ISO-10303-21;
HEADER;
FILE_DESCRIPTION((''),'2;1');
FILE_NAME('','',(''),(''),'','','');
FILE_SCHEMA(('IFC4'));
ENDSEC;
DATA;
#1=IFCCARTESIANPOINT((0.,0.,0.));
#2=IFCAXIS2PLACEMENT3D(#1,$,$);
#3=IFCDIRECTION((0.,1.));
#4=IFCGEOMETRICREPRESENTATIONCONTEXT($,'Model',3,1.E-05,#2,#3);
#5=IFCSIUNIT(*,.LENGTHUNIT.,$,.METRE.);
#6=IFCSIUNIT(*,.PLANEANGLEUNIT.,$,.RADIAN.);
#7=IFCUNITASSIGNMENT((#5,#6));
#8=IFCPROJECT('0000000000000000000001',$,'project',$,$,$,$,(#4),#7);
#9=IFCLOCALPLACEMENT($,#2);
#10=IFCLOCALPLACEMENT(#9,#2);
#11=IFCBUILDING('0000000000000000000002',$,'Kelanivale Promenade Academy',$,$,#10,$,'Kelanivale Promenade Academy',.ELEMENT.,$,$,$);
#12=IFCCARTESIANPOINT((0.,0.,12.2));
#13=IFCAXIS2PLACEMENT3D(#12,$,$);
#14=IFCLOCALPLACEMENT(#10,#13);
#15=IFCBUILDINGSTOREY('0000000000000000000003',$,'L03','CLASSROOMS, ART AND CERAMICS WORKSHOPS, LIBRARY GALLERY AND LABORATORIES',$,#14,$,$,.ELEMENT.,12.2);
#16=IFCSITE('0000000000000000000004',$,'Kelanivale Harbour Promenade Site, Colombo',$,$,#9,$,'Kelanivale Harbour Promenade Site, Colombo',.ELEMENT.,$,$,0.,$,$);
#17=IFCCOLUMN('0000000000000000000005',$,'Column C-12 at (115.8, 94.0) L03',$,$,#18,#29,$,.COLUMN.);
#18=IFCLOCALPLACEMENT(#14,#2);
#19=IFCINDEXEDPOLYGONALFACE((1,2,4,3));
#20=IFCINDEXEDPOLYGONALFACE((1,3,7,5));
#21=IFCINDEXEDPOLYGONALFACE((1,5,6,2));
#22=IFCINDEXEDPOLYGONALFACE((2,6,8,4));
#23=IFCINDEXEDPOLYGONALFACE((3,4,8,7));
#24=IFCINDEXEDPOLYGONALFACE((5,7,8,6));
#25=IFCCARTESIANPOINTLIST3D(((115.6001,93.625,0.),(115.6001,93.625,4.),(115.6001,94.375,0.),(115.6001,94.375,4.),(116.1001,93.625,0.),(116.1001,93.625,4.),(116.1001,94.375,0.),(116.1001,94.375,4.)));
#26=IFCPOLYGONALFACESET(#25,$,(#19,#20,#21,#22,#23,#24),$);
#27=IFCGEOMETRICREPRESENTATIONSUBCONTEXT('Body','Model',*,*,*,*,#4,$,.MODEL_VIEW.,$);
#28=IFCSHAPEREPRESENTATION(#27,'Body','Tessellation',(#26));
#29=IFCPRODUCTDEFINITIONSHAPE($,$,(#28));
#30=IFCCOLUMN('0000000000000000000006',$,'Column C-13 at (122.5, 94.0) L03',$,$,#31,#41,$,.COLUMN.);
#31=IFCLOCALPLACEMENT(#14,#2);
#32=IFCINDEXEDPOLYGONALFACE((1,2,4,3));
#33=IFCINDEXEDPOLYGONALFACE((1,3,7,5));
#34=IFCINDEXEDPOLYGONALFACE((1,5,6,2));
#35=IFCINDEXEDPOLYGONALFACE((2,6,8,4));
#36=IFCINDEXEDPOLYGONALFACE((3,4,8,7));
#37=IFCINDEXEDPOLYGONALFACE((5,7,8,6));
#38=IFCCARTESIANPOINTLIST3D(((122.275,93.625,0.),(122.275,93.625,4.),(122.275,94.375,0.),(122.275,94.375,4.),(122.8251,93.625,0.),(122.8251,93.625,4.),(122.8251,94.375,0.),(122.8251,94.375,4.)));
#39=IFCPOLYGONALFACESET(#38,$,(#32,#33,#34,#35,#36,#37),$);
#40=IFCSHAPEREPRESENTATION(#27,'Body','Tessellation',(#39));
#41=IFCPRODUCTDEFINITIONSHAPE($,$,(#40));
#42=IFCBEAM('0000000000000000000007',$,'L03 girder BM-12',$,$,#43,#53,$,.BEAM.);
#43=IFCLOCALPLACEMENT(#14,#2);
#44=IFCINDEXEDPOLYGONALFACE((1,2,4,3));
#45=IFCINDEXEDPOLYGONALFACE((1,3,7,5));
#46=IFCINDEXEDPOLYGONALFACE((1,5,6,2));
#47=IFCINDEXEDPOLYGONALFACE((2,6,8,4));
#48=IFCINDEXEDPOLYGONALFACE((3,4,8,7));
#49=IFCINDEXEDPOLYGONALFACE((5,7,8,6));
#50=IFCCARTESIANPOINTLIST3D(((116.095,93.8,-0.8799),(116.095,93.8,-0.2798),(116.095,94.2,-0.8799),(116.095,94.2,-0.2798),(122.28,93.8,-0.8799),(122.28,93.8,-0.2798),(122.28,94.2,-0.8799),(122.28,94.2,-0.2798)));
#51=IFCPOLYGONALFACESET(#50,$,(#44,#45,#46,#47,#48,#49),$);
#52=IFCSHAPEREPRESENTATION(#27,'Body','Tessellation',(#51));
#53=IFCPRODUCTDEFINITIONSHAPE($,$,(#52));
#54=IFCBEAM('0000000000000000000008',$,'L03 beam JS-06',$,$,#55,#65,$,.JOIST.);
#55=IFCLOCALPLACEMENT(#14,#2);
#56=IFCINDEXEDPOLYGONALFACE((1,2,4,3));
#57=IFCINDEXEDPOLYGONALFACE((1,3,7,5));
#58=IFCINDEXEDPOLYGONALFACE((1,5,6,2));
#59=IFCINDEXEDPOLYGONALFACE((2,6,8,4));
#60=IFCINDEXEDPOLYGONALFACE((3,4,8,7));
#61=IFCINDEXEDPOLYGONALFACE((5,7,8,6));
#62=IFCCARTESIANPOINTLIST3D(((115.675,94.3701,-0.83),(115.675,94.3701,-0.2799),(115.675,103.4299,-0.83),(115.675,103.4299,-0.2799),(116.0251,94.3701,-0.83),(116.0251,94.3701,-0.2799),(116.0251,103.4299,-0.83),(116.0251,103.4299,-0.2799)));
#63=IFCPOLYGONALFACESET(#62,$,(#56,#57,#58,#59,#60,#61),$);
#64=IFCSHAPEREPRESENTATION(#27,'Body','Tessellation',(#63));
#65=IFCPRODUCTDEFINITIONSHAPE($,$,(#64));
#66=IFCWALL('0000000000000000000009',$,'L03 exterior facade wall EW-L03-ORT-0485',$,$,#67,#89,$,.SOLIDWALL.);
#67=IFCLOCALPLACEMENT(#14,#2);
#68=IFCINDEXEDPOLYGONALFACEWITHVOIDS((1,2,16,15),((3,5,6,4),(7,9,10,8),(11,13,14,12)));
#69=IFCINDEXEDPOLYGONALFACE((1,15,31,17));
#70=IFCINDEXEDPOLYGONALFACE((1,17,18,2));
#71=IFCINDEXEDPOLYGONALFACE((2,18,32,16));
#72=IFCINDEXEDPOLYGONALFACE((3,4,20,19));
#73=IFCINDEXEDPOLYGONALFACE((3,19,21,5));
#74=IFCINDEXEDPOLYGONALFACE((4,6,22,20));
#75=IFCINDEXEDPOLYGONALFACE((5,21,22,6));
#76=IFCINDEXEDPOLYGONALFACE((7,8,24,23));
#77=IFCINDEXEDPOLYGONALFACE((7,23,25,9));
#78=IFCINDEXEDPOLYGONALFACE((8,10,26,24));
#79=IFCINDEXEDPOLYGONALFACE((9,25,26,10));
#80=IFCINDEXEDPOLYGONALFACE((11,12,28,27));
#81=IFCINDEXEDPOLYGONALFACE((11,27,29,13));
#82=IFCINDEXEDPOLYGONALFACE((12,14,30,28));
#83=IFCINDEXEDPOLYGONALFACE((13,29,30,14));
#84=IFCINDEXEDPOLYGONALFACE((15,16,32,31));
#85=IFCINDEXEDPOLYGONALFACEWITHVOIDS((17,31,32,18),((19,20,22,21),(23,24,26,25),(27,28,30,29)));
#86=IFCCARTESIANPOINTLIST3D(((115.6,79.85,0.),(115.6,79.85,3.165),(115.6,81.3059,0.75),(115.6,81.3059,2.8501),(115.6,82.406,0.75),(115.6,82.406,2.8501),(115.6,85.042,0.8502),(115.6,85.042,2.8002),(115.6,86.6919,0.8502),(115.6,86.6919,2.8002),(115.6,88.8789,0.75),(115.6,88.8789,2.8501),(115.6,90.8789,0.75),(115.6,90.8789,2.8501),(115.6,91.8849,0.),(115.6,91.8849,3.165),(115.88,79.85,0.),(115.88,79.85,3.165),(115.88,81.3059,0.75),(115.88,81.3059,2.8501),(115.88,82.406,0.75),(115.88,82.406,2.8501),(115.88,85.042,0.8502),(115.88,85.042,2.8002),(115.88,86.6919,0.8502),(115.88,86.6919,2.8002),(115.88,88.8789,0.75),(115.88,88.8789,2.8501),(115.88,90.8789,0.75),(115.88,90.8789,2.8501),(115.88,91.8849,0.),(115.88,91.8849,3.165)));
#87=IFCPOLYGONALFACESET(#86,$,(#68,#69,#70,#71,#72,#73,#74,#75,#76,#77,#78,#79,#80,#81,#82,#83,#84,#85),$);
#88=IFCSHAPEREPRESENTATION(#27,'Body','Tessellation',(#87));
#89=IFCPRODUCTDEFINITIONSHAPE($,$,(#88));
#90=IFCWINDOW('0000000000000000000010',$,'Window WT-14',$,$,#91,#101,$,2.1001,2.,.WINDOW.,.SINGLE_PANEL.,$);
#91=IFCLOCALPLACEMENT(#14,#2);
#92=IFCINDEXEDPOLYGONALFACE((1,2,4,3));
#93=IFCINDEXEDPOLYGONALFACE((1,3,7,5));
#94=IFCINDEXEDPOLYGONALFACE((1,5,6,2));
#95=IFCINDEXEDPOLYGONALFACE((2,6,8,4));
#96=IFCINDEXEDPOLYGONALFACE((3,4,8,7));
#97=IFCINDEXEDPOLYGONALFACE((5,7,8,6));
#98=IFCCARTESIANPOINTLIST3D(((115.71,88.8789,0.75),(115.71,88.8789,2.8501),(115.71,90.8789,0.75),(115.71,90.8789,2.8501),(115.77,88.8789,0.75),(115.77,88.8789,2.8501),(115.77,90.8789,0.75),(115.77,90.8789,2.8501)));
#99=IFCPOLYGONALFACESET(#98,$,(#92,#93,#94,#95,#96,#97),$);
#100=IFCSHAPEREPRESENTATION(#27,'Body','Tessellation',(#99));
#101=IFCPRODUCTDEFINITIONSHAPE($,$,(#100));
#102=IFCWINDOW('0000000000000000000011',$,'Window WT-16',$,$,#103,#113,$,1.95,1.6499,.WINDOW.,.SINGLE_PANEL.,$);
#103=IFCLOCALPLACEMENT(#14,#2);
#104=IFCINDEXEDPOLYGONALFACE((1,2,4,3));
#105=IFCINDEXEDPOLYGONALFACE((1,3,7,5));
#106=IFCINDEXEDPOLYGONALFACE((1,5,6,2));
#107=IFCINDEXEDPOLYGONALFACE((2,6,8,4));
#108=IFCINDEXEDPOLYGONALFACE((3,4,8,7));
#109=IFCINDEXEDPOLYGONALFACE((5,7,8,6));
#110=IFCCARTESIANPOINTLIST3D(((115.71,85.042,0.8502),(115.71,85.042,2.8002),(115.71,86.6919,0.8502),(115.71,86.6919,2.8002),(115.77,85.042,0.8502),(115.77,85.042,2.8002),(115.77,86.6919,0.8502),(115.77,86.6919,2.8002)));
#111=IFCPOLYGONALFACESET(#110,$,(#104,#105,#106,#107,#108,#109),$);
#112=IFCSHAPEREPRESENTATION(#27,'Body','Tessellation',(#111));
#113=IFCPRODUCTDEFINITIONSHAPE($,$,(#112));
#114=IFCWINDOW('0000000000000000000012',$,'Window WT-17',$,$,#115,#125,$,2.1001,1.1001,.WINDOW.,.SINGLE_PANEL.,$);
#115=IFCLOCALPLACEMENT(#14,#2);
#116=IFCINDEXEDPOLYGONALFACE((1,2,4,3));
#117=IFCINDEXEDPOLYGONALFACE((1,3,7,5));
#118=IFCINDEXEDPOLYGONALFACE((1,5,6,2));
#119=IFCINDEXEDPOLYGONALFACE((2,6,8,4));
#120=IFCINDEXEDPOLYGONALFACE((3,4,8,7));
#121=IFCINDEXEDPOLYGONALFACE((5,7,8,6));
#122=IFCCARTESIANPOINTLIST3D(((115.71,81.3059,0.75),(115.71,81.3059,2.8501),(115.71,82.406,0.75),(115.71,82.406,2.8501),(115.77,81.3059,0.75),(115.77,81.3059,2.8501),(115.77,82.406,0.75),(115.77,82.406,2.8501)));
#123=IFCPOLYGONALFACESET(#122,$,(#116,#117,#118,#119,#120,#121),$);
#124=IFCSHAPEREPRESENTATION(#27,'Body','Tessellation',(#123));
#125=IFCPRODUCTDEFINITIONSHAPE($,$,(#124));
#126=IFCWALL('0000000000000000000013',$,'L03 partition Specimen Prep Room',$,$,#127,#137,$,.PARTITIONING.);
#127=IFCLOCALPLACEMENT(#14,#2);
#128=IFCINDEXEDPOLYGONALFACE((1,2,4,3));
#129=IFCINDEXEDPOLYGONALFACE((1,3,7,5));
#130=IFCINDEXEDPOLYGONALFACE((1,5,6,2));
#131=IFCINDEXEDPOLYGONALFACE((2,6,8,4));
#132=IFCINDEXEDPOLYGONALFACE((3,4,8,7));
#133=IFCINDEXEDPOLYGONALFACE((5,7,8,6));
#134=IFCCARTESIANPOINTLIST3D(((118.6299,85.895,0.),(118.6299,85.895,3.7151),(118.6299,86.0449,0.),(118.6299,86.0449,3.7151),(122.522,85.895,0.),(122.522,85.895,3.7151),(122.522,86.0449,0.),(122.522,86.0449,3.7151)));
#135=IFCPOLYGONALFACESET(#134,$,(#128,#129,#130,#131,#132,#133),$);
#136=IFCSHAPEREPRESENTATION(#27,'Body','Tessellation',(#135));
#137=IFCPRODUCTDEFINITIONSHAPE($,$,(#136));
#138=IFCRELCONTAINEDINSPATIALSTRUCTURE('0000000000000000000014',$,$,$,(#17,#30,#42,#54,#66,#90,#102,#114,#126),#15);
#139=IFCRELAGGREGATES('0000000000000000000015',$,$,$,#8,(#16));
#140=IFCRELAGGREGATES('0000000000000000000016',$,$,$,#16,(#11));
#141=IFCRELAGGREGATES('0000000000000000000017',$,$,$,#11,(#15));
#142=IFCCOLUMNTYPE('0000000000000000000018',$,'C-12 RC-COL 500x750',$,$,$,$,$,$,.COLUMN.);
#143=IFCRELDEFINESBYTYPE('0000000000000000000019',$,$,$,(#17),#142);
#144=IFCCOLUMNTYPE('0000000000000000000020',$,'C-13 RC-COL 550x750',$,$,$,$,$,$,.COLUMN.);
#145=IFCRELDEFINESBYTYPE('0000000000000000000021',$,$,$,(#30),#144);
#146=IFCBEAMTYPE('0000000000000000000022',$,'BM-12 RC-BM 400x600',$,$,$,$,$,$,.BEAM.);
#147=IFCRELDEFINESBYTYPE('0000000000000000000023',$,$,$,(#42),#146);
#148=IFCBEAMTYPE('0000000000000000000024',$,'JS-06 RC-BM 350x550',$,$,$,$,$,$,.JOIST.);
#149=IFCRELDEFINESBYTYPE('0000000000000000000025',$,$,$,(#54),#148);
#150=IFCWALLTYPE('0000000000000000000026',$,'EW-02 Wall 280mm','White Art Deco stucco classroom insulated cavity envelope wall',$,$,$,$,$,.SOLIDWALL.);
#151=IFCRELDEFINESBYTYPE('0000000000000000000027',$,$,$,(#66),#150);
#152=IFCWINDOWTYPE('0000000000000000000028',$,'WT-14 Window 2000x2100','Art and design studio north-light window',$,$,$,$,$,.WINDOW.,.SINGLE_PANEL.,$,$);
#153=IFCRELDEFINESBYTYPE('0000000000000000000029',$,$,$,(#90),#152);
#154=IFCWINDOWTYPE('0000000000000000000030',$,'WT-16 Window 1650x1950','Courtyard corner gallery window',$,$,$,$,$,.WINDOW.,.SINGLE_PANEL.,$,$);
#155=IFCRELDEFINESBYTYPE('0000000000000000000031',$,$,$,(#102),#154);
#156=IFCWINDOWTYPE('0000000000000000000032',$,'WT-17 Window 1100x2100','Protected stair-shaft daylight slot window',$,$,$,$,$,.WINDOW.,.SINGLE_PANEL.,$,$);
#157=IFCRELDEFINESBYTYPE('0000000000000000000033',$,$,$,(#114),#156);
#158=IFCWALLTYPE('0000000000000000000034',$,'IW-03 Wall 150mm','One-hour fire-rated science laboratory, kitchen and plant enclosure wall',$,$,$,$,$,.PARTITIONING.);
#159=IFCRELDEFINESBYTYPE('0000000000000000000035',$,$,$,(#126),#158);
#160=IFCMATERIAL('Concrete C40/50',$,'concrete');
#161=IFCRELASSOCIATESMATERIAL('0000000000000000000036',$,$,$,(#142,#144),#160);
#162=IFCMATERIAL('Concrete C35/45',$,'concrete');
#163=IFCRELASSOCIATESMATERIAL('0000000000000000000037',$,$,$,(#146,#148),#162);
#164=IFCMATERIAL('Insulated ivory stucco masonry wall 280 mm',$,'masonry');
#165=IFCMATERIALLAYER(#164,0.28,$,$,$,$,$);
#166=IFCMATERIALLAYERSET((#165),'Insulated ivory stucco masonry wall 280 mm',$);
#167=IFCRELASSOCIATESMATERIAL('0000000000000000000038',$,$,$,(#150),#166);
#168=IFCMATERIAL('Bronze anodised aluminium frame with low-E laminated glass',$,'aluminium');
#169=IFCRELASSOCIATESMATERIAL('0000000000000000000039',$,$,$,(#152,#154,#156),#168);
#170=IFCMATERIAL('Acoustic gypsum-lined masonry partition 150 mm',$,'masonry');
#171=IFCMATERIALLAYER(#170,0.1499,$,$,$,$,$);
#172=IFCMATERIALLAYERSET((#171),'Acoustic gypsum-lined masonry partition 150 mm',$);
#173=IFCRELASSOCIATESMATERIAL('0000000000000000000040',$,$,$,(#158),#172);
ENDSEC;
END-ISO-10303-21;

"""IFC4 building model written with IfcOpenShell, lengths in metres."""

from ifc_helpers import new_model, si_unit, direction, frame, frame_2d, origin, origin_2d, place, context, subcontext, project, spatial, rectangle, extrude, material, layer, layer_set, material_profile, profile_set, type_object, element, fill, save


model = new_model("IFC4")

# Units and contexts
model_context = context("Model", 3, precision=1e-05, world=origin(), true_north=direction((0.0, 1.0)))
body_context = subcontext(model_context, "Body", "Model", "MODEL_VIEW")
ifc_project = project(units=[si_unit("LENGTHUNIT", "METRE"), si_unit("PLANEANGLEUNIT", "RADIAN")], contexts=[model_context])

# Site, building, storey
site_placement = place(None, origin())
site = spatial("IfcSite", under=ifc_project, at=site_placement, Name="Kelanivale Harbour Promenade Site, Colombo", LongName="Kelanivale Harbour Promenade Site, Colombo", CompositionType="ELEMENT", RefElevation=0.0)
building_placement = place(site_placement, origin())
building = spatial("IfcBuilding", under=site, at=building_placement, Name="Kelanivale Promenade Academy", LongName="Kelanivale Promenade Academy", CompositionType="ELEMENT")
storey_placement = place(building_placement, frame((0.0, 0.0, 12.2)))
storey = spatial("IfcBuildingStorey", under=building, at=storey_placement, Name="L03", Description="CLASSROOMS, ART AND CERAMICS WORKSHOPS, LIBRARY GALLERY AND LABORATORIES", CompositionType="ELEMENT", Elevation=12.2)

# Columns
ifc_material_1 = material(Name="Concrete C40/50", Category="concrete")
ifc_material_profile_1 = material_profile(ifc_material_1, rectangle(XDim=0.5, YDim=0.75, at=origin_2d()), Name="RC-COL 500x750")
ifc_profile_set_1 = profile_set([ifc_material_profile_1], Name="Concrete C40/50")
column_type_1 = type_object("IfcColumnType", Name="C-12 RC-COL 500x750", PredefinedType="COLUMN", material=ifc_profile_set_1)
column_1_placement = place(storey_placement, frame((115.8501, 94.0, 0.0), z_axis=(0.0, 0.0, 1.0), x_axis=(1.0, 0.0, 0.0)))
element("IfcColumn", 1, at=column_1_placement, inside=storey, type_object=column_type_1, Name="Column C-12 at (115.8, 94.0) L03", PredefinedType="COLUMN", context=body_context, shape_type="SweptSolid", body=[
    extrude(rectangle(XDim=0.5, YDim=0.75, at=origin_2d()), origin(), (0.0, 0.0, 1.0), 4.0),
])
ifc_material_profile_2 = material_profile(ifc_material_1, rectangle(XDim=0.55, YDim=0.75, at=origin_2d()), Name="RC-COL 550x750")
ifc_profile_set_2 = profile_set([ifc_material_profile_2], Name="Concrete C40/50")
column_type_2 = type_object("IfcColumnType", Name="C-13 RC-COL 550x750", PredefinedType="COLUMN", material=ifc_profile_set_2)
column_2_placement = place(storey_placement, frame((122.55, 94.0, 0.0), z_axis=(0.0, 0.0, 1.0), x_axis=(1.0, 0.0, 0.0)))
element("IfcColumn", 2, at=column_2_placement, inside=storey, type_object=column_type_2, Name="Column C-13 at (122.5, 94.0) L03", PredefinedType="COLUMN", context=body_context, shape_type="SweptSolid", body=[
    extrude(rectangle(XDim=0.55, YDim=0.75, at=origin_2d()), origin(), (0.0, 0.0, 1.0), 4.0),
])

# Beams
ifc_material_2 = material(Name="Concrete C35/45", Category="concrete")
ifc_material_profile_3 = material_profile(ifc_material_2, rectangle(XDim=0.3999, YDim=0.6001, at=origin_2d()), Name="RC-BM 400x600")
ifc_profile_set_3 = profile_set([ifc_material_profile_3], Name="Concrete C35/45")
beam_type_1 = type_object("IfcBeamType", Name="BM-12 RC-BM 400x600", PredefinedType="BEAM", material=ifc_profile_set_3)
beam_1_placement = place(storey_placement, frame((116.095, 94.0, -0.5798), z_axis=(1.0, 0.0, 0.0), x_axis=(0.0, 1.0, 0.0)))
element("IfcBeam", 3, at=beam_1_placement, inside=storey, type_object=beam_type_1, Name="L03 girder BM-12", PredefinedType="BEAM", context=body_context, shape_type="SweptSolid", body=[
    extrude(rectangle(XDim=0.3999, YDim=0.6001, at=origin_2d()), origin(), (0.0, 0.0, 1.0), 6.1851),
])
ifc_material_profile_4 = material_profile(ifc_material_2, rectangle(XDim=0.3501, YDim=0.55, at=origin_2d()), Name="RC-BM 350x550")
ifc_profile_set_4 = profile_set([ifc_material_profile_4], Name="Concrete C35/45")
beam_type_2 = type_object("IfcBeamType", Name="JS-06 RC-BM 350x550", PredefinedType="JOIST", material=ifc_profile_set_4)
beam_2_placement = place(storey_placement, frame((115.8501, 94.3701, -0.5549), z_axis=(0.0, 1.0, 0.0), x_axis=(-1.0, 0.0, 0.0)))
element("IfcBeam", 4, at=beam_2_placement, inside=storey, type_object=beam_type_2, Name="L03 beam JS-06", PredefinedType="JOIST", context=body_context, shape_type="SweptSolid", body=[
    extrude(rectangle(XDim=0.3501, YDim=0.55, at=origin_2d()), origin(), (0.0, 0.0, 1.0), 9.0598),
])

# Wall, openings, windows
ifc_material_3 = material(Name="Insulated ivory stucco masonry wall 280 mm", Category="masonry")
ifc_layer_1 = layer(ifc_material_3, 0.28)
ifc_layer_set_1 = layer_set([ifc_layer_1], Name="Insulated ivory stucco masonry wall 280 mm")
wall_type_1 = type_object("IfcWallType", Name="EW-02 Wall 280mm", Description="White Art Deco stucco classroom insulated cavity envelope wall", PredefinedType="SOLIDWALL", material=ifc_layer_set_1)
wall_1_placement = place(storey_placement, frame((115.74, 91.885, 0.0), z_axis=(0.0, 0.0, 1.0), x_axis=(0.0, -1.0, 0.0)))
wall_1 = element("IfcWall", 5, at=wall_1_placement, inside=storey, type_object=wall_type_1, Name="L03 exterior facade wall EW-L03-ORT-0485", PredefinedType="SOLIDWALL", context=body_context, shape_type="SweptSolid", body=[
    extrude(rectangle(XDim=12.0349, YDim=0.28, at=frame_2d((6.0176, 0.0))), origin(), (0.0, 0.0, 1.0), 3.165),
])
opening_1_placement = place(wall_1_placement, frame((1.0061, 0.0, 0.75)))
opening_1 = element("IfcOpeningElement", 6, at=opening_1_placement, cuts=wall_1, PredefinedType="OPENING", context=body_context, shape_type="SweptSolid", body=[
    extrude(rectangle(XDim=2.0, YDim=2.1001, at=frame_2d((1.0, 1.05))), frame((0.0, 0.1499, 0.0), z_axis=(0.0, -1.0, 0.0), x_axis=(1.0, 0.0, 0.0)), (0.0, 0.0, 1.0), 0.3),
])
opening_2_placement = place(wall_1_placement, frame((5.1931, 0.0, 0.8501)))
opening_2 = element("IfcOpeningElement", 7, at=opening_2_placement, cuts=wall_1, PredefinedType="OPENING", context=body_context, shape_type="SweptSolid", body=[
    extrude(rectangle(XDim=1.6499, YDim=1.95, at=frame_2d((0.825, 0.9751))), frame((0.0, 0.1499, 0.0), z_axis=(0.0, -1.0, 0.0), x_axis=(1.0, 0.0, 0.0)), (0.0, 0.0, 1.0), 0.3),
])
opening_3_placement = place(wall_1_placement, frame((9.479, 0.0, 0.75)))
opening_3 = element("IfcOpeningElement", 8, at=opening_3_placement, cuts=wall_1, PredefinedType="OPENING", context=body_context, shape_type="SweptSolid", body=[
    extrude(rectangle(XDim=1.1001, YDim=2.1001, at=frame_2d((0.55, 1.05))), frame((0.0, 0.1499, 0.0), z_axis=(0.0, -1.0, 0.0), x_axis=(1.0, 0.0, 0.0)), (0.0, 0.0, 1.0), 0.3),
])
ifc_material_4 = material(Name="Bronze anodised aluminium frame with low-E laminated glass", Category="aluminium")
window_type_1 = type_object("IfcWindowType", Name="WT-14 Window 2000x2100", Description="Art and design studio north-light window", PartitioningType="SINGLE_PANEL", PredefinedType="WINDOW", material=ifc_material_4)
window_1_placement = place(opening_1_placement, origin())
window_1 = element("IfcWindow", 9, at=window_1_placement, inside=storey, type_object=window_type_1, Name="Window WT-14", OverallHeight=2.1001, OverallWidth=2.0, PartitioningType="SINGLE_PANEL", PredefinedType="WINDOW", context=body_context, shape_type="SweptSolid", body=[
    extrude(rectangle(XDim=2.0, YDim=2.1001, at=frame_2d((1.0, 1.05))), frame((0.0, 0.03, 0.0), z_axis=(0.0, -1.0, 0.0), x_axis=(1.0, 0.0, 0.0)), (0.0, 0.0, 1.0), 0.0601),
])
fill(opening_1, window_1)
window_type_2 = type_object("IfcWindowType", Name="WT-16 Window 1650x1950", Description="Courtyard corner gallery window", PartitioningType="SINGLE_PANEL", PredefinedType="WINDOW", material=ifc_material_4)
window_2_placement = place(opening_2_placement, origin())
window_2 = element("IfcWindow", 10, at=window_2_placement, inside=storey, type_object=window_type_2, Name="Window WT-16", OverallHeight=1.95, OverallWidth=1.6499, PartitioningType="SINGLE_PANEL", PredefinedType="WINDOW", context=body_context, shape_type="SweptSolid", body=[
    extrude(rectangle(XDim=1.6499, YDim=1.95, at=frame_2d((0.825, 0.9751))), frame((0.0, 0.03, 0.0), z_axis=(0.0, -1.0, 0.0), x_axis=(1.0, 0.0, 0.0)), (0.0, 0.0, 1.0), 0.0601),
])
fill(opening_2, window_2)
window_type_3 = type_object("IfcWindowType", Name="WT-17 Window 1100x2100", Description="Protected stair-shaft daylight slot window", PartitioningType="SINGLE_PANEL", PredefinedType="WINDOW", material=ifc_material_4)
window_3_placement = place(opening_3_placement, origin())
window_3 = element("IfcWindow", 11, at=window_3_placement, inside=storey, type_object=window_type_3, Name="Window WT-17", OverallHeight=2.1001, OverallWidth=1.1001, PartitioningType="SINGLE_PANEL", PredefinedType="WINDOW", context=body_context, shape_type="SweptSolid", body=[
    extrude(rectangle(XDim=1.1001, YDim=2.1001, at=frame_2d((0.55, 1.05))), frame((0.0, 0.03, 0.0), z_axis=(0.0, -1.0, 0.0), x_axis=(1.0, 0.0, 0.0)), (0.0, 0.0, 1.0), 0.0601),
])
fill(opening_3, window_3)

# Wall
ifc_material_5 = material(Name="Acoustic gypsum-lined masonry partition 150 mm", Category="masonry")
ifc_layer_2 = layer(ifc_material_5, 0.1499)
ifc_layer_set_2 = layer_set([ifc_layer_2], Name="Acoustic gypsum-lined masonry partition 150 mm")
wall_type_2 = type_object("IfcWallType", Name="IW-03 Wall 150mm", Description="One-hour fire-rated science laboratory, kitchen and plant enclosure wall", PredefinedType="PARTITIONING", material=ifc_layer_set_2)
wall_2_placement = place(storey_placement, frame((122.522, 85.97, 0.0), z_axis=(0.0, 0.0, 1.0), x_axis=(-1.0, 0.0, 0.0)))
element("IfcWall", 12, at=wall_2_placement, inside=storey, type_object=wall_type_2, Name="L03 partition Specimen Prep Room", PredefinedType="PARTITIONING", context=body_context, shape_type="SweptSolid", body=[
    extrude(rectangle(XDim=3.8921, YDim=0.1499, at=frame_2d((1.946, 0.0))), origin(), (0.0, 0.0, 1.0), 3.7151),
])

save(model, "model.ifc")
